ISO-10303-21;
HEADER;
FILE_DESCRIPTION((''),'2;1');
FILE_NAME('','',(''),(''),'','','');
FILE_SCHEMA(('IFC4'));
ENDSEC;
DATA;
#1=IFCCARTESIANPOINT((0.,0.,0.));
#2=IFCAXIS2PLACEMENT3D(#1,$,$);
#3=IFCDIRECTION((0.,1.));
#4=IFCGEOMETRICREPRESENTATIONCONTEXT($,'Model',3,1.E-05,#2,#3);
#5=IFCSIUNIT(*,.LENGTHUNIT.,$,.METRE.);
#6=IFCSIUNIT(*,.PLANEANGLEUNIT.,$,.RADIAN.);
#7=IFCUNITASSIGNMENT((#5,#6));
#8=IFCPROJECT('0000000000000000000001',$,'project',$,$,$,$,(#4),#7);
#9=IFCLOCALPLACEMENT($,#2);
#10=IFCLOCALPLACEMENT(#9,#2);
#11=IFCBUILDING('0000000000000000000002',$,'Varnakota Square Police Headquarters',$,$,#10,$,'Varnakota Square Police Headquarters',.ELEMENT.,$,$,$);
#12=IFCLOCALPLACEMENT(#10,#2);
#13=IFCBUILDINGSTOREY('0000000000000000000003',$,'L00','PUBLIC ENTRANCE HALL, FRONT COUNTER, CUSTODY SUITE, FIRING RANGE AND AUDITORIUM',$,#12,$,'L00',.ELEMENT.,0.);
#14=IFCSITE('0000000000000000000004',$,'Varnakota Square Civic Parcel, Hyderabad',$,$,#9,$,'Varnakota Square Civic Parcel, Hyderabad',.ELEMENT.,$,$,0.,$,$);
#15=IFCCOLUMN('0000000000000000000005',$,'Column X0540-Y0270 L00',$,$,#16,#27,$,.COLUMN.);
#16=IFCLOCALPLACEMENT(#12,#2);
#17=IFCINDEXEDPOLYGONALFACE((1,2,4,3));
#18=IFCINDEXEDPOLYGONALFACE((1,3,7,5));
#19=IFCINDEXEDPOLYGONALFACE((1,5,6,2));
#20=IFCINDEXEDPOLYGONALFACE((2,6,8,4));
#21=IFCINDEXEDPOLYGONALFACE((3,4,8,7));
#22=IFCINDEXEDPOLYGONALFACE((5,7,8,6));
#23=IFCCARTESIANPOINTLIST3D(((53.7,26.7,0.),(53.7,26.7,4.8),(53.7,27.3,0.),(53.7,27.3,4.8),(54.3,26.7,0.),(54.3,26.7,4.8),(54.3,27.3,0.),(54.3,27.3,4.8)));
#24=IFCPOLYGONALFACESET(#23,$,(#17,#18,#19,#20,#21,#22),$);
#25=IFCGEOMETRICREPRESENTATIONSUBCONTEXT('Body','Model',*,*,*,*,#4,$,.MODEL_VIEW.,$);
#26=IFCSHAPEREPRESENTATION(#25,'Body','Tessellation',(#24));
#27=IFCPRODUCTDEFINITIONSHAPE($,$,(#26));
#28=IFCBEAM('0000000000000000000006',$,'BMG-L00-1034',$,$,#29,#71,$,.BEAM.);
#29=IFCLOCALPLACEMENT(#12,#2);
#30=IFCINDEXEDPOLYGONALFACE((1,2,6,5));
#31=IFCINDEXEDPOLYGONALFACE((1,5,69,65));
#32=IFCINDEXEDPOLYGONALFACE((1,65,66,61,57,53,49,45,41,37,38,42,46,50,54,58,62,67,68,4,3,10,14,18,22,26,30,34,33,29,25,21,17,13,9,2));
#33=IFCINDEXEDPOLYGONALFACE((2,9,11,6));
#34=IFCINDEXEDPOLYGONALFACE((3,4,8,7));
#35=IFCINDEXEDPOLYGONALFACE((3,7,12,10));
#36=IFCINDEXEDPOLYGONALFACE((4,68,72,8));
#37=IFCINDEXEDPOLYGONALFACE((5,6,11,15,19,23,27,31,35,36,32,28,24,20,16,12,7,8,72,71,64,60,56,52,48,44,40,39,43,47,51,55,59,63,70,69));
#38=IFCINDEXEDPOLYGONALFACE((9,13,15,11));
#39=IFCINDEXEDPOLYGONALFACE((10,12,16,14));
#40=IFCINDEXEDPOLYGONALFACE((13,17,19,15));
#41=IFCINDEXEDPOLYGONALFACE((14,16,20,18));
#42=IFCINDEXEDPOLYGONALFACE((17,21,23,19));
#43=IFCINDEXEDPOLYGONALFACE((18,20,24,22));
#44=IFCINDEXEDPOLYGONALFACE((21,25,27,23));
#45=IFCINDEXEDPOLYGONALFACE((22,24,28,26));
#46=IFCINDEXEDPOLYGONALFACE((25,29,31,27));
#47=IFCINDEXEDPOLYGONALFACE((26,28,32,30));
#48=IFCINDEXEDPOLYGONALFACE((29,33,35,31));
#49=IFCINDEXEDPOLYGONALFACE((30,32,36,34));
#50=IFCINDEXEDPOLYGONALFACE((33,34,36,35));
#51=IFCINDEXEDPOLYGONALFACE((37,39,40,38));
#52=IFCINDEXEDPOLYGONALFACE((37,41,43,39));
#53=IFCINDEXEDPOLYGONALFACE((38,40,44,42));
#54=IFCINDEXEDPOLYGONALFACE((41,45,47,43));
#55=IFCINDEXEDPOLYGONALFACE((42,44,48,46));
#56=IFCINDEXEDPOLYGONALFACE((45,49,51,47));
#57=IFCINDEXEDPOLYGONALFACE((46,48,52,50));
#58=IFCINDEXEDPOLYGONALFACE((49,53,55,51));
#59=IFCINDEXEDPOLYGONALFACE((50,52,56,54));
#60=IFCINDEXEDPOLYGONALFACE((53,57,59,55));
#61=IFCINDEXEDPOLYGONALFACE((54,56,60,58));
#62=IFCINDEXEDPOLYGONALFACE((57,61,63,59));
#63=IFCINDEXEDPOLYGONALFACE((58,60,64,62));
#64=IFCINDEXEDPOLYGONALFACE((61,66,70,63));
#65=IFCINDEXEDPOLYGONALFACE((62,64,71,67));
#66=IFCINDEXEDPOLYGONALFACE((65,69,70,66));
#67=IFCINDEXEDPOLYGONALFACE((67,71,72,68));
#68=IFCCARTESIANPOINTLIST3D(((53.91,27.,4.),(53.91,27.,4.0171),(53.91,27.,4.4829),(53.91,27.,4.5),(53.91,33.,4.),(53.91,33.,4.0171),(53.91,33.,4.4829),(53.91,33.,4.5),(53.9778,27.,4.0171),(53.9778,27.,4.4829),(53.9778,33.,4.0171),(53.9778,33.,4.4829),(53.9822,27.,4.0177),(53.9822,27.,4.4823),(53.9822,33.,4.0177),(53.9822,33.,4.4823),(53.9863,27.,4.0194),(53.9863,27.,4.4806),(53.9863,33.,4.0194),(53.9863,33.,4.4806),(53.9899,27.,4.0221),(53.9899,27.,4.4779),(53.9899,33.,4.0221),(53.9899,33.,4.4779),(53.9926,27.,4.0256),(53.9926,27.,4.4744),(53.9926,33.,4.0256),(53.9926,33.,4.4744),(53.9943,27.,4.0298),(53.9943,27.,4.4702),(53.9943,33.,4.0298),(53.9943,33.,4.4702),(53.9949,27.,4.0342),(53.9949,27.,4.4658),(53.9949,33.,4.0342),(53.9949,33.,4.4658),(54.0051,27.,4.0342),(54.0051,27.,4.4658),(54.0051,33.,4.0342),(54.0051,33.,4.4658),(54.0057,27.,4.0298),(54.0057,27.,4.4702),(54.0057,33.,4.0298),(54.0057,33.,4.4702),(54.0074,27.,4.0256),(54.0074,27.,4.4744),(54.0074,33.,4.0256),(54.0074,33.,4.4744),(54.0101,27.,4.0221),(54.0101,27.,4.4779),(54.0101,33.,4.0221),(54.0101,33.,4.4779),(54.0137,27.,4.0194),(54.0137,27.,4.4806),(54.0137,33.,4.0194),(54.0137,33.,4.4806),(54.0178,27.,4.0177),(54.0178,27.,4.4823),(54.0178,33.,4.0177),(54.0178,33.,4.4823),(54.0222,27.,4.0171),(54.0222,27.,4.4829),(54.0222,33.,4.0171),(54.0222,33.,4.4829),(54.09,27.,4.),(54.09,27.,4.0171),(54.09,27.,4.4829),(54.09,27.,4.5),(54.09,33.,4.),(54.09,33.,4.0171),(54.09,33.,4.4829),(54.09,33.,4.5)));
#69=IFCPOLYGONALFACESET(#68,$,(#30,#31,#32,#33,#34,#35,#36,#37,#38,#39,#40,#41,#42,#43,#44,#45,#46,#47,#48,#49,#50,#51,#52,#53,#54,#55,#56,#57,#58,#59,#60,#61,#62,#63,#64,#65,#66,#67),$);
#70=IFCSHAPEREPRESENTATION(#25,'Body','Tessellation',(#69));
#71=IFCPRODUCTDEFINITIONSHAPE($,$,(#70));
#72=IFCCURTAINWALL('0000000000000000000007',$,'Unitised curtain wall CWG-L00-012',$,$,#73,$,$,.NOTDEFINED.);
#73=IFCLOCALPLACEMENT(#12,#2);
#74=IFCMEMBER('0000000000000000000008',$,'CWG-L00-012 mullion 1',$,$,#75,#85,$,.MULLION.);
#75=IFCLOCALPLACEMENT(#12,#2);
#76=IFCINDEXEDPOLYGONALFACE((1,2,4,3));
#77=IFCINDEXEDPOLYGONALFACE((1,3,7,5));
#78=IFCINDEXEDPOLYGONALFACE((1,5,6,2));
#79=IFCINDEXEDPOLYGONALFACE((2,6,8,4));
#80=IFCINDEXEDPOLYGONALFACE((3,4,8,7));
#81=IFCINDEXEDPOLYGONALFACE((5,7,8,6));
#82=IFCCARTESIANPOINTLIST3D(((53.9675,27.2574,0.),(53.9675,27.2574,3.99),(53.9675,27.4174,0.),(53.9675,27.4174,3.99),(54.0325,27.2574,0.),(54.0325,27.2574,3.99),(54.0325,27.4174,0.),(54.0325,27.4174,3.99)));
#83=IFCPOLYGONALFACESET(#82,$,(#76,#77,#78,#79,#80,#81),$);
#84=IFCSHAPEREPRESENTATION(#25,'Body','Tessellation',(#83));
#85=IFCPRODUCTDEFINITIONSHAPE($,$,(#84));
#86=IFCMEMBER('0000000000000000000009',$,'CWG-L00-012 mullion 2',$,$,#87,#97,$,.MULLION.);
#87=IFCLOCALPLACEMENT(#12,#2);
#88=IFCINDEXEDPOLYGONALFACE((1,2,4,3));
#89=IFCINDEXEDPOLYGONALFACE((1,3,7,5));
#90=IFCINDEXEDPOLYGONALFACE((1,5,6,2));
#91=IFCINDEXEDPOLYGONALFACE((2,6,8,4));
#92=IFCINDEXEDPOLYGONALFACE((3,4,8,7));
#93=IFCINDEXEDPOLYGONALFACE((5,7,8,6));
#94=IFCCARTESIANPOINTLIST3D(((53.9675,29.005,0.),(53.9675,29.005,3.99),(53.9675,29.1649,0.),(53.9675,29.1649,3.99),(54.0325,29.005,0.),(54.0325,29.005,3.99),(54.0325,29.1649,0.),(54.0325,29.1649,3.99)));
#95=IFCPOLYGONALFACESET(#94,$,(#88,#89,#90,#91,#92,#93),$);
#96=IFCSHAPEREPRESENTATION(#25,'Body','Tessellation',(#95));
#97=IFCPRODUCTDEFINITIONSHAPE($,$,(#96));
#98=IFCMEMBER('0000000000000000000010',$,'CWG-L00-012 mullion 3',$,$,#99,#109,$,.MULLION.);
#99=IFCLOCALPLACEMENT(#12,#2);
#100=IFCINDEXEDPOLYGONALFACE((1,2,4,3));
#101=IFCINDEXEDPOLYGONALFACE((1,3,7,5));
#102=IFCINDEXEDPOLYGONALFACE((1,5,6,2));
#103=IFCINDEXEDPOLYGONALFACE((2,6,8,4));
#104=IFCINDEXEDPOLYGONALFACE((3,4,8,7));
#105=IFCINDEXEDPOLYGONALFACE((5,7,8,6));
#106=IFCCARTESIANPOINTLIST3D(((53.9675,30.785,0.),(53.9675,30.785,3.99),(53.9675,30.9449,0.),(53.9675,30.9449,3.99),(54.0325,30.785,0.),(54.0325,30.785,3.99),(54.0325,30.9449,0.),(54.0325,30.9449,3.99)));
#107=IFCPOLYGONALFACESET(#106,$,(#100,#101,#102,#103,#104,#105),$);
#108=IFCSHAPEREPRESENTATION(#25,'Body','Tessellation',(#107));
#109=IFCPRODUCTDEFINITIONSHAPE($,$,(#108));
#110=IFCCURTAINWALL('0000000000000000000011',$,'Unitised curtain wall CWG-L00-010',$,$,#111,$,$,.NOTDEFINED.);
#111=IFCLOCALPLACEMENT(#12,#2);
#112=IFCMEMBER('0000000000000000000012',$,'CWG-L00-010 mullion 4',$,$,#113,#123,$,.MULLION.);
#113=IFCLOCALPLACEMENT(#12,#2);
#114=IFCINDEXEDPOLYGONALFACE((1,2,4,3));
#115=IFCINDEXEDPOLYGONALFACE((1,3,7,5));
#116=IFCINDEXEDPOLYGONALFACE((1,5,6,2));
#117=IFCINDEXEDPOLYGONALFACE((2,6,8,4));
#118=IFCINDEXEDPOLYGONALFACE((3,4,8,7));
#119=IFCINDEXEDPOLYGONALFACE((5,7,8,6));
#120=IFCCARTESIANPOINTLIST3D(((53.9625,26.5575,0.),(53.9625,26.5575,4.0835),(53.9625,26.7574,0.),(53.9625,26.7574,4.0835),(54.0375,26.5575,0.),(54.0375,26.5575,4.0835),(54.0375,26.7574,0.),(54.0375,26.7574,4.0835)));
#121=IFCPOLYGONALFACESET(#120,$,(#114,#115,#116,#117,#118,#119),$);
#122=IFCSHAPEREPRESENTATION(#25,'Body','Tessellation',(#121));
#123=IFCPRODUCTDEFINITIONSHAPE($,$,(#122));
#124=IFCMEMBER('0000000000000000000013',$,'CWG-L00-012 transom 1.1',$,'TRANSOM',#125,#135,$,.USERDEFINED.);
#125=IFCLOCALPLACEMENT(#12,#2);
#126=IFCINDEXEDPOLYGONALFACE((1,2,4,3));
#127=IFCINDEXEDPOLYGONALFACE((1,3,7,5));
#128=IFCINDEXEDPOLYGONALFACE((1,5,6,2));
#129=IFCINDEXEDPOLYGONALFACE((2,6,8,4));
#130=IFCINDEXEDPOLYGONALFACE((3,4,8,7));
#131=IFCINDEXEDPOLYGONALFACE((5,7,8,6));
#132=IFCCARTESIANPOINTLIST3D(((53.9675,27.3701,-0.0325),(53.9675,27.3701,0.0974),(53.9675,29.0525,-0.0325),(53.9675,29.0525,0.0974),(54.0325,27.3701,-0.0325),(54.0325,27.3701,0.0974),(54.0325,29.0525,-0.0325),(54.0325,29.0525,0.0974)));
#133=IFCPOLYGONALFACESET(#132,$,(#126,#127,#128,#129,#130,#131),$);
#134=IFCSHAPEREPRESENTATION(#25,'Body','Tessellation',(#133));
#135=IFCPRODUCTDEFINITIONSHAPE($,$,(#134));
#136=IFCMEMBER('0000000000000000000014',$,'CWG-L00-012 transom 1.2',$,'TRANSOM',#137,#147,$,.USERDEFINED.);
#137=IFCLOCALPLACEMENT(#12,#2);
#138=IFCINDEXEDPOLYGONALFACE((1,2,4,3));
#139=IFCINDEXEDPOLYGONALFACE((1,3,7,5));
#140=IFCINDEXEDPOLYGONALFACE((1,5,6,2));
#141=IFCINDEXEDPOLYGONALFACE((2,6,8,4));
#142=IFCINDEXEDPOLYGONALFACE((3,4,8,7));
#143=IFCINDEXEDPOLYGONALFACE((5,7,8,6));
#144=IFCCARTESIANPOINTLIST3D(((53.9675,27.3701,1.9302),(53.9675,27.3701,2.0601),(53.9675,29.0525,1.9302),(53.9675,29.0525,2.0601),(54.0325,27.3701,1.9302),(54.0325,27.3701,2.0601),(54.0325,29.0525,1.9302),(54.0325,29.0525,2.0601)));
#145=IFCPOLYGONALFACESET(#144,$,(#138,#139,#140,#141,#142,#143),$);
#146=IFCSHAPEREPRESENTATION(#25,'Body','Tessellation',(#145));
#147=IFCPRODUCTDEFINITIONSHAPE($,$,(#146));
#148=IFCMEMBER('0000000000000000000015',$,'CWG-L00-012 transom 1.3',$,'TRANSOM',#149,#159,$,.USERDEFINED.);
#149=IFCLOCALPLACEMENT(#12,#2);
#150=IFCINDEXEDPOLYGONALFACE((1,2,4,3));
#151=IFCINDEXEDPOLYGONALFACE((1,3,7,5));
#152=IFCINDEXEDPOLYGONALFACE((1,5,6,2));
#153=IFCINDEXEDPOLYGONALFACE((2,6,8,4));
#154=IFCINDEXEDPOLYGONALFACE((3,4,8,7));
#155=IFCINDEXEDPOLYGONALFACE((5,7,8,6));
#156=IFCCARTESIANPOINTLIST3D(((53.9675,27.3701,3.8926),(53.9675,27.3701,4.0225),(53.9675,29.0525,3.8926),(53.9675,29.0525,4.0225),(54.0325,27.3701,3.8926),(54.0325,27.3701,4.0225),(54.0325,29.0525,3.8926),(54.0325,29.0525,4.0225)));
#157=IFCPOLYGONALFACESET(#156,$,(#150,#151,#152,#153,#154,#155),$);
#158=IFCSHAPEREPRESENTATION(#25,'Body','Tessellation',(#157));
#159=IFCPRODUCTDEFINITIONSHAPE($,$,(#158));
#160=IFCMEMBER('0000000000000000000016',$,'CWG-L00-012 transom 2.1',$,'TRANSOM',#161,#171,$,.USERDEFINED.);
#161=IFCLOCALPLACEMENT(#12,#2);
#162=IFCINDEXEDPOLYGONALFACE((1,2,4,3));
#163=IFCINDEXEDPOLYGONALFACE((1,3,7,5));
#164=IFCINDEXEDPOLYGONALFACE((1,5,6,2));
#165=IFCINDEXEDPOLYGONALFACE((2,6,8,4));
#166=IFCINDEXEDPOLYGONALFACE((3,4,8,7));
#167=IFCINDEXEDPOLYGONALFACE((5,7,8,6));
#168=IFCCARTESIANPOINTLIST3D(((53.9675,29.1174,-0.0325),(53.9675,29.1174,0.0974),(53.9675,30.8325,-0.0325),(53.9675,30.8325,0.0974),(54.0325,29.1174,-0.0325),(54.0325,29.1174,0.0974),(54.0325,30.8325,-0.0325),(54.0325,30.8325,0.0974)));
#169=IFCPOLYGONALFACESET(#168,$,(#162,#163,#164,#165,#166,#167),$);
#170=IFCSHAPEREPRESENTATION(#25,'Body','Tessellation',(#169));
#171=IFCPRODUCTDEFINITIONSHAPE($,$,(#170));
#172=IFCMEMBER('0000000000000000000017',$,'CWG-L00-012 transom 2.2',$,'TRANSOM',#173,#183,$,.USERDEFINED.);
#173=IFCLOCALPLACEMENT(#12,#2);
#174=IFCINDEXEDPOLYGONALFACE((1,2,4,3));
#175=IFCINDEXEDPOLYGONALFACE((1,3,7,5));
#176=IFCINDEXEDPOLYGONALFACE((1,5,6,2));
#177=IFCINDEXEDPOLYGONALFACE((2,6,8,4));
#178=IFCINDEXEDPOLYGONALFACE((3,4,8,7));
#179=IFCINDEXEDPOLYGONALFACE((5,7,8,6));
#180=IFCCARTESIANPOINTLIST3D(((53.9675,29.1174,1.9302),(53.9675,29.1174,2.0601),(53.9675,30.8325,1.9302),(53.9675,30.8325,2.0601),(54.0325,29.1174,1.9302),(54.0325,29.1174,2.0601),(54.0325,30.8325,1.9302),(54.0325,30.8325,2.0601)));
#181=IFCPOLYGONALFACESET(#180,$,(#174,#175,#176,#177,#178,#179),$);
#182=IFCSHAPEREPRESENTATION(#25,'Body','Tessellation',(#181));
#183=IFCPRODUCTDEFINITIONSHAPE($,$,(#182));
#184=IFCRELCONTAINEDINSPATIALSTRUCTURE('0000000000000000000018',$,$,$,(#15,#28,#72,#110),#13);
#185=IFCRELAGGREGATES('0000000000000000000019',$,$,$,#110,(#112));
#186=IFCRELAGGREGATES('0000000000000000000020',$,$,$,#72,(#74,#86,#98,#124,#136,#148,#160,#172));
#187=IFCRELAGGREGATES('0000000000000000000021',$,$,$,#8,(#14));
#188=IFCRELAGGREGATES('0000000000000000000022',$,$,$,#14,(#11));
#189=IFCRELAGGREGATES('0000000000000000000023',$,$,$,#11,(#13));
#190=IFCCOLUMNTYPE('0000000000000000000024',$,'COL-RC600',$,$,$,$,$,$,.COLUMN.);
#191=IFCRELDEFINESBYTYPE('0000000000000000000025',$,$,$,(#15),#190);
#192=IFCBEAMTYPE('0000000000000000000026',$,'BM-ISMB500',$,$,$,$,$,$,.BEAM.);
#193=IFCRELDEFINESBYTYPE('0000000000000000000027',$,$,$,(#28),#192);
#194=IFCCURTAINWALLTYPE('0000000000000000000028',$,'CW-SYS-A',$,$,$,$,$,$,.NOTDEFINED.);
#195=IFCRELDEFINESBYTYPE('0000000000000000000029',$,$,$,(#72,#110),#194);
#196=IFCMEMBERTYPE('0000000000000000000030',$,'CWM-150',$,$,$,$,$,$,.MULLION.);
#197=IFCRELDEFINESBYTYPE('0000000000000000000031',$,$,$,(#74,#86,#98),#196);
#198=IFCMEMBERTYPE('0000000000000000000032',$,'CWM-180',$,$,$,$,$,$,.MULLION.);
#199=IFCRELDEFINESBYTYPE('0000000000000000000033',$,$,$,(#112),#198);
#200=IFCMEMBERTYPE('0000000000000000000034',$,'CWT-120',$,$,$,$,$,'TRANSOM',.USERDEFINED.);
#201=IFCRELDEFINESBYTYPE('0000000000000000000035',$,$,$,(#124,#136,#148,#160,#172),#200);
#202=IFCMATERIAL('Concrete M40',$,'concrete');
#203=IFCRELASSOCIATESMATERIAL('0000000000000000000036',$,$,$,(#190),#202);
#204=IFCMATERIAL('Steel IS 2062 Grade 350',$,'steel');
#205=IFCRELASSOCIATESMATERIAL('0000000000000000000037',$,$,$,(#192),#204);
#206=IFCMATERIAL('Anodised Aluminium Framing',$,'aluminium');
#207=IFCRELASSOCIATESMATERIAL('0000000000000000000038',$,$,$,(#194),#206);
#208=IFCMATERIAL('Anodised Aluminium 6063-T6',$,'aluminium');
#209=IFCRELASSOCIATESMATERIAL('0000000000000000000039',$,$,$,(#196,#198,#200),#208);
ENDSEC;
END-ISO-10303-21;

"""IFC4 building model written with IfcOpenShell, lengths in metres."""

from ifc_helpers import new_model, si_unit, direction, frame, origin, origin_2d, place, context, subcontext, project, spatial, rectangle, i_section, extrude, material, material_profile, profile_set, type_object, element, aggregate, save


model = new_model("IFC4")

# Units and contexts
model_context = context("Model", 3, precision=1e-05, world=origin(), true_north=direction((0.0, 1.0)))
body_context = subcontext(model_context, "Body", "Model", "MODEL_VIEW")
ifc_project = project(units=[si_unit("LENGTHUNIT", "METRE"), si_unit("PLANEANGLEUNIT", "RADIAN")], contexts=[model_context])

# Site, building, storey
site_placement = place(None, origin())
site = spatial("IfcSite", under=ifc_project, at=site_placement, Name="Varnakota Square Civic Parcel, Hyderabad", LongName="Varnakota Square Civic Parcel, Hyderabad", CompositionType="ELEMENT", RefElevation=0.0)
building_placement = place(site_placement, origin())
building = spatial("IfcBuilding", under=site, at=building_placement, Name="Varnakota Square Police Headquarters", LongName="Varnakota Square Police Headquarters", CompositionType="ELEMENT")
storey_placement = place(building_placement, origin())
storey = spatial("IfcBuildingStorey", under=building, at=storey_placement, Name="L00", Description="PUBLIC ENTRANCE HALL, FRONT COUNTER, CUSTODY SUITE, FIRING RANGE AND AUDITORIUM", LongName="L00", CompositionType="ELEMENT", Elevation=0.0)

# Column
ifc_material_1 = material(Name="Concrete M40", Category="concrete")
ifc_material_profile_1 = material_profile(ifc_material_1, rectangle(XDim=0.6001, YDim=0.6001, at=origin_2d()), Name="RC 600x600")
ifc_profile_set_1 = profile_set([ifc_material_profile_1], Name="Concrete M40")
column_type = type_object("IfcColumnType", Name="COL-RC600", PredefinedType="COLUMN", material=ifc_profile_set_1)
column_placement = place(storey_placement, frame((54.0, 27.0, 0.0), z_axis=(0.0, 0.0, 1.0), x_axis=(1.0, 0.0, 0.0)))
element("IfcColumn", 1, at=column_placement, inside=storey, type_object=column_type, Name="Column X0540-Y0270 L00", PredefinedType="COLUMN", context=body_context, shape_type="SweptSolid", body=[
    extrude(rectangle(XDim=0.6001, YDim=0.6001, at=origin_2d()), origin(), (0.0, 0.0, 1.0), 4.8),
])

# Beam
ifc_material_2 = material(Name="Steel IS 2062 Grade 350", Category="steel")
ifc_material_profile_2 = material_profile(ifc_material_2, i_section(OverallWidth=0.1799, OverallDepth=0.5, WebThickness=0.0103, FlangeThickness=0.0171, FilletRadius=0.0171, at=origin_2d()), Name="ISMB 500")
ifc_profile_set_2 = profile_set([ifc_material_profile_2], Name="Steel IS 2062 Grade 350")
beam_type = type_object("IfcBeamType", Name="BM-ISMB500", PredefinedType="BEAM", material=ifc_profile_set_2)
beam_placement = place(storey_placement, frame((54.0, 27.0, 4.25), z_axis=(0.0, 1.0, 0.0), x_axis=(-1.0, 0.0, 0.0)))
element("IfcBeam", 2, at=beam_placement, inside=storey, type_object=beam_type, Name="BMG-L00-1034", PredefinedType="BEAM", context=body_context, shape_type="SweptSolid", body=[
    extrude(i_section(OverallWidth=0.1799, OverallDepth=0.5, WebThickness=0.0103, FlangeThickness=0.0171, FilletRadius=0.0171, at=origin_2d()), origin(), (0.0, 0.0, 1.0), 6.0),
])

# Curtain wall, members
ifc_material_3 = material(Name="Anodised Aluminium Framing", Category="aluminium")
curtain_wall_type = type_object("IfcCurtainWallType", Name="CW-SYS-A", PredefinedType="NOTDEFINED", material=ifc_material_3)
curtain_wall_1_placement = place(storey_placement, origin())
curtain_wall_1 = element("IfcCurtainWall", 3, at=curtain_wall_1_placement, inside=storey, type_object=curtain_wall_type, Name="Unitised curtain wall CWG-L00-012", PredefinedType="NOTDEFINED")
ifc_material_4 = material(Name="Anodised Aluminium 6063-T6", Category="aluminium")
ifc_material_profile_3 = material_profile(ifc_material_4, rectangle(XDim=0.0649, YDim=0.1599, at=origin_2d()), Name="ALU MULLION 65x160")
ifc_profile_set_3 = profile_set([ifc_material_profile_3], Name="Anodised Aluminium 6063-T6")
member_type_1 = type_object("IfcMemberType", Name="CWM-150", PredefinedType="MULLION", material=ifc_profile_set_3)
member_1_placement = place(storey_placement, frame((54.0, 27.3374, 0.0), z_axis=(0.0, 0.0, 1.0), x_axis=(-1.0, 0.0, 0.0)))
member_1 = element("IfcMember", 4, at=member_1_placement, type_object=member_type_1, Name="CWG-L00-012 mullion 1", PredefinedType="MULLION", context=body_context, shape_type="SweptSolid", body=[
    extrude(rectangle(XDim=0.0649, YDim=0.1599, at=origin_2d()), origin(), (0.0, 0.0, 1.0), 3.99),
])
member_2_placement = place(storey_placement, frame((54.0, 29.085, 0.0), z_axis=(0.0, 0.0, 1.0), x_axis=(-1.0, 0.0, 0.0)))
member_2 = element("IfcMember", 5, at=member_2_placement, type_object=member_type_1, Name="CWG-L00-012 mullion 2", PredefinedType="MULLION", context=body_context, shape_type="SweptSolid", body=[
    extrude(rectangle(XDim=0.0649, YDim=0.1599, at=origin_2d()), origin(), (0.0, 0.0, 1.0), 3.99),
])
member_3_placement = place(storey_placement, frame((54.0, 30.865, 0.0), z_axis=(0.0, 0.0, 1.0), x_axis=(-1.0, 0.0, 0.0)))
member_3 = element("IfcMember", 6, at=member_3_placement, type_object=member_type_1, Name="CWG-L00-012 mullion 3", PredefinedType="MULLION", context=body_context, shape_type="SweptSolid", body=[
    extrude(rectangle(XDim=0.0649, YDim=0.1599, at=origin_2d()), origin(), (0.0, 0.0, 1.0), 3.99),
])

# Curtain wall, member
curtain_wall_2_placement = place(storey_placement, origin())
curtain_wall_2 = element("IfcCurtainWall", 7, at=curtain_wall_2_placement, inside=storey, type_object=curtain_wall_type, Name="Unitised curtain wall CWG-L00-010", PredefinedType="NOTDEFINED")
ifc_material_profile_4 = material_profile(ifc_material_4, rectangle(XDim=0.075, YDim=0.2, at=origin_2d()), Name="ALU MULLION 75x200")
ifc_profile_set_4 = profile_set([ifc_material_profile_4], Name="Anodised Aluminium 6063-T6")
member_type_2 = type_object("IfcMemberType", Name="CWM-180", PredefinedType="MULLION", material=ifc_profile_set_4)
member_4_placement = place(storey_placement, frame((54.0, 26.6575, 0.0), z_axis=(0.0, 0.0, 1.0), x_axis=(-1.0, 0.0, 0.0)))
member_4 = element("IfcMember", 8, at=member_4_placement, type_object=member_type_2, Name="CWG-L00-010 mullion 4", PredefinedType="MULLION", context=body_context, shape_type="SweptSolid", body=[
    extrude(rectangle(XDim=0.075, YDim=0.2, at=origin_2d()), origin(), (0.0, 0.0, 1.0), 4.0835),
])

# Members
ifc_material_profile_5 = material_profile(ifc_material_4, rectangle(XDim=0.0649, YDim=0.1299, at=origin_2d()), Name="ALU TRANSOM 65x130")
ifc_profile_set_5 = profile_set([ifc_material_profile_5], Name="Anodised Aluminium 6063-T6")
member_type_3 = type_object("IfcMemberType", Name="CWT-120", ElementType="TRANSOM", PredefinedType="USERDEFINED", material=ifc_profile_set_5)
member_5_placement = place(storey_placement, frame((54.0, 27.3701, 0.0325), z_axis=(0.0, 1.0, 0.0), x_axis=(-1.0, 0.0, 0.0)))
member_5 = element("IfcMember", 9, at=member_5_placement, type_object=member_type_3, Name="CWG-L00-012 transom 1.1", ObjectType="TRANSOM", PredefinedType="USERDEFINED", context=body_context, shape_type="SweptSolid", body=[
    extrude(rectangle(XDim=0.0649, YDim=0.1299, at=origin_2d()), origin(), (0.0, 0.0, 1.0), 1.6824),
])
member_6_placement = place(storey_placement, frame((54.0, 27.3701, 1.9951), z_axis=(0.0, 1.0, 0.0), x_axis=(-1.0, 0.0, 0.0)))
member_6 = element("IfcMember", 10, at=member_6_placement, type_object=member_type_3, Name="CWG-L00-012 transom 1.2", ObjectType="TRANSOM", PredefinedType="USERDEFINED", context=body_context, shape_type="SweptSolid", body=[
    extrude(rectangle(XDim=0.0649, YDim=0.1299, at=origin_2d()), origin(), (0.0, 0.0, 1.0), 1.6824),
])
member_7_placement = place(storey_placement, frame((54.0, 27.3701, 3.9575), z_axis=(0.0, 1.0, 0.0), x_axis=(-1.0, 0.0, 0.0)))
member_7 = element("IfcMember", 11, at=member_7_placement, type_object=member_type_3, Name="CWG-L00-012 transom 1.3", ObjectType="TRANSOM", PredefinedType="USERDEFINED", context=body_context, shape_type="SweptSolid", body=[
    extrude(rectangle(XDim=0.0649, YDim=0.1299, at=origin_2d()), origin(), (0.0, 0.0, 1.0), 1.6824),
])
member_8_placement = place(storey_placement, frame((54.0, 29.1174, 0.0325), z_axis=(0.0, 1.0, 0.0), x_axis=(-1.0, 0.0, 0.0)))
member_8 = element("IfcMember", 12, at=member_8_placement, type_object=member_type_3, Name="CWG-L00-012 transom 2.1", ObjectType="TRANSOM", PredefinedType="USERDEFINED", context=body_context, shape_type="SweptSolid", body=[
    extrude(rectangle(XDim=0.0649, YDim=0.1299, at=origin_2d()), origin(), (0.0, 0.0, 1.0), 1.7151),
])
member_9_placement = place(storey_placement, frame((54.0, 29.1174, 1.9951), z_axis=(0.0, 1.0, 0.0), x_axis=(-1.0, 0.0, 0.0)))
member_9 = element("IfcMember", 13, at=member_9_placement, type_object=member_type_3, Name="CWG-L00-012 transom 2.2", ObjectType="TRANSOM", PredefinedType="USERDEFINED", context=body_context, shape_type="SweptSolid", body=[
    extrude(rectangle(XDim=0.0649, YDim=0.1299, at=origin_2d()), origin(), (0.0, 0.0, 1.0), 1.7151),
])

aggregate(curtain_wall_2, [member_4])
aggregate(curtain_wall_1, [member_1, member_2, member_3, member_5, member_6, member_7, member_8, member_9])

save(model, "model.ifc")
